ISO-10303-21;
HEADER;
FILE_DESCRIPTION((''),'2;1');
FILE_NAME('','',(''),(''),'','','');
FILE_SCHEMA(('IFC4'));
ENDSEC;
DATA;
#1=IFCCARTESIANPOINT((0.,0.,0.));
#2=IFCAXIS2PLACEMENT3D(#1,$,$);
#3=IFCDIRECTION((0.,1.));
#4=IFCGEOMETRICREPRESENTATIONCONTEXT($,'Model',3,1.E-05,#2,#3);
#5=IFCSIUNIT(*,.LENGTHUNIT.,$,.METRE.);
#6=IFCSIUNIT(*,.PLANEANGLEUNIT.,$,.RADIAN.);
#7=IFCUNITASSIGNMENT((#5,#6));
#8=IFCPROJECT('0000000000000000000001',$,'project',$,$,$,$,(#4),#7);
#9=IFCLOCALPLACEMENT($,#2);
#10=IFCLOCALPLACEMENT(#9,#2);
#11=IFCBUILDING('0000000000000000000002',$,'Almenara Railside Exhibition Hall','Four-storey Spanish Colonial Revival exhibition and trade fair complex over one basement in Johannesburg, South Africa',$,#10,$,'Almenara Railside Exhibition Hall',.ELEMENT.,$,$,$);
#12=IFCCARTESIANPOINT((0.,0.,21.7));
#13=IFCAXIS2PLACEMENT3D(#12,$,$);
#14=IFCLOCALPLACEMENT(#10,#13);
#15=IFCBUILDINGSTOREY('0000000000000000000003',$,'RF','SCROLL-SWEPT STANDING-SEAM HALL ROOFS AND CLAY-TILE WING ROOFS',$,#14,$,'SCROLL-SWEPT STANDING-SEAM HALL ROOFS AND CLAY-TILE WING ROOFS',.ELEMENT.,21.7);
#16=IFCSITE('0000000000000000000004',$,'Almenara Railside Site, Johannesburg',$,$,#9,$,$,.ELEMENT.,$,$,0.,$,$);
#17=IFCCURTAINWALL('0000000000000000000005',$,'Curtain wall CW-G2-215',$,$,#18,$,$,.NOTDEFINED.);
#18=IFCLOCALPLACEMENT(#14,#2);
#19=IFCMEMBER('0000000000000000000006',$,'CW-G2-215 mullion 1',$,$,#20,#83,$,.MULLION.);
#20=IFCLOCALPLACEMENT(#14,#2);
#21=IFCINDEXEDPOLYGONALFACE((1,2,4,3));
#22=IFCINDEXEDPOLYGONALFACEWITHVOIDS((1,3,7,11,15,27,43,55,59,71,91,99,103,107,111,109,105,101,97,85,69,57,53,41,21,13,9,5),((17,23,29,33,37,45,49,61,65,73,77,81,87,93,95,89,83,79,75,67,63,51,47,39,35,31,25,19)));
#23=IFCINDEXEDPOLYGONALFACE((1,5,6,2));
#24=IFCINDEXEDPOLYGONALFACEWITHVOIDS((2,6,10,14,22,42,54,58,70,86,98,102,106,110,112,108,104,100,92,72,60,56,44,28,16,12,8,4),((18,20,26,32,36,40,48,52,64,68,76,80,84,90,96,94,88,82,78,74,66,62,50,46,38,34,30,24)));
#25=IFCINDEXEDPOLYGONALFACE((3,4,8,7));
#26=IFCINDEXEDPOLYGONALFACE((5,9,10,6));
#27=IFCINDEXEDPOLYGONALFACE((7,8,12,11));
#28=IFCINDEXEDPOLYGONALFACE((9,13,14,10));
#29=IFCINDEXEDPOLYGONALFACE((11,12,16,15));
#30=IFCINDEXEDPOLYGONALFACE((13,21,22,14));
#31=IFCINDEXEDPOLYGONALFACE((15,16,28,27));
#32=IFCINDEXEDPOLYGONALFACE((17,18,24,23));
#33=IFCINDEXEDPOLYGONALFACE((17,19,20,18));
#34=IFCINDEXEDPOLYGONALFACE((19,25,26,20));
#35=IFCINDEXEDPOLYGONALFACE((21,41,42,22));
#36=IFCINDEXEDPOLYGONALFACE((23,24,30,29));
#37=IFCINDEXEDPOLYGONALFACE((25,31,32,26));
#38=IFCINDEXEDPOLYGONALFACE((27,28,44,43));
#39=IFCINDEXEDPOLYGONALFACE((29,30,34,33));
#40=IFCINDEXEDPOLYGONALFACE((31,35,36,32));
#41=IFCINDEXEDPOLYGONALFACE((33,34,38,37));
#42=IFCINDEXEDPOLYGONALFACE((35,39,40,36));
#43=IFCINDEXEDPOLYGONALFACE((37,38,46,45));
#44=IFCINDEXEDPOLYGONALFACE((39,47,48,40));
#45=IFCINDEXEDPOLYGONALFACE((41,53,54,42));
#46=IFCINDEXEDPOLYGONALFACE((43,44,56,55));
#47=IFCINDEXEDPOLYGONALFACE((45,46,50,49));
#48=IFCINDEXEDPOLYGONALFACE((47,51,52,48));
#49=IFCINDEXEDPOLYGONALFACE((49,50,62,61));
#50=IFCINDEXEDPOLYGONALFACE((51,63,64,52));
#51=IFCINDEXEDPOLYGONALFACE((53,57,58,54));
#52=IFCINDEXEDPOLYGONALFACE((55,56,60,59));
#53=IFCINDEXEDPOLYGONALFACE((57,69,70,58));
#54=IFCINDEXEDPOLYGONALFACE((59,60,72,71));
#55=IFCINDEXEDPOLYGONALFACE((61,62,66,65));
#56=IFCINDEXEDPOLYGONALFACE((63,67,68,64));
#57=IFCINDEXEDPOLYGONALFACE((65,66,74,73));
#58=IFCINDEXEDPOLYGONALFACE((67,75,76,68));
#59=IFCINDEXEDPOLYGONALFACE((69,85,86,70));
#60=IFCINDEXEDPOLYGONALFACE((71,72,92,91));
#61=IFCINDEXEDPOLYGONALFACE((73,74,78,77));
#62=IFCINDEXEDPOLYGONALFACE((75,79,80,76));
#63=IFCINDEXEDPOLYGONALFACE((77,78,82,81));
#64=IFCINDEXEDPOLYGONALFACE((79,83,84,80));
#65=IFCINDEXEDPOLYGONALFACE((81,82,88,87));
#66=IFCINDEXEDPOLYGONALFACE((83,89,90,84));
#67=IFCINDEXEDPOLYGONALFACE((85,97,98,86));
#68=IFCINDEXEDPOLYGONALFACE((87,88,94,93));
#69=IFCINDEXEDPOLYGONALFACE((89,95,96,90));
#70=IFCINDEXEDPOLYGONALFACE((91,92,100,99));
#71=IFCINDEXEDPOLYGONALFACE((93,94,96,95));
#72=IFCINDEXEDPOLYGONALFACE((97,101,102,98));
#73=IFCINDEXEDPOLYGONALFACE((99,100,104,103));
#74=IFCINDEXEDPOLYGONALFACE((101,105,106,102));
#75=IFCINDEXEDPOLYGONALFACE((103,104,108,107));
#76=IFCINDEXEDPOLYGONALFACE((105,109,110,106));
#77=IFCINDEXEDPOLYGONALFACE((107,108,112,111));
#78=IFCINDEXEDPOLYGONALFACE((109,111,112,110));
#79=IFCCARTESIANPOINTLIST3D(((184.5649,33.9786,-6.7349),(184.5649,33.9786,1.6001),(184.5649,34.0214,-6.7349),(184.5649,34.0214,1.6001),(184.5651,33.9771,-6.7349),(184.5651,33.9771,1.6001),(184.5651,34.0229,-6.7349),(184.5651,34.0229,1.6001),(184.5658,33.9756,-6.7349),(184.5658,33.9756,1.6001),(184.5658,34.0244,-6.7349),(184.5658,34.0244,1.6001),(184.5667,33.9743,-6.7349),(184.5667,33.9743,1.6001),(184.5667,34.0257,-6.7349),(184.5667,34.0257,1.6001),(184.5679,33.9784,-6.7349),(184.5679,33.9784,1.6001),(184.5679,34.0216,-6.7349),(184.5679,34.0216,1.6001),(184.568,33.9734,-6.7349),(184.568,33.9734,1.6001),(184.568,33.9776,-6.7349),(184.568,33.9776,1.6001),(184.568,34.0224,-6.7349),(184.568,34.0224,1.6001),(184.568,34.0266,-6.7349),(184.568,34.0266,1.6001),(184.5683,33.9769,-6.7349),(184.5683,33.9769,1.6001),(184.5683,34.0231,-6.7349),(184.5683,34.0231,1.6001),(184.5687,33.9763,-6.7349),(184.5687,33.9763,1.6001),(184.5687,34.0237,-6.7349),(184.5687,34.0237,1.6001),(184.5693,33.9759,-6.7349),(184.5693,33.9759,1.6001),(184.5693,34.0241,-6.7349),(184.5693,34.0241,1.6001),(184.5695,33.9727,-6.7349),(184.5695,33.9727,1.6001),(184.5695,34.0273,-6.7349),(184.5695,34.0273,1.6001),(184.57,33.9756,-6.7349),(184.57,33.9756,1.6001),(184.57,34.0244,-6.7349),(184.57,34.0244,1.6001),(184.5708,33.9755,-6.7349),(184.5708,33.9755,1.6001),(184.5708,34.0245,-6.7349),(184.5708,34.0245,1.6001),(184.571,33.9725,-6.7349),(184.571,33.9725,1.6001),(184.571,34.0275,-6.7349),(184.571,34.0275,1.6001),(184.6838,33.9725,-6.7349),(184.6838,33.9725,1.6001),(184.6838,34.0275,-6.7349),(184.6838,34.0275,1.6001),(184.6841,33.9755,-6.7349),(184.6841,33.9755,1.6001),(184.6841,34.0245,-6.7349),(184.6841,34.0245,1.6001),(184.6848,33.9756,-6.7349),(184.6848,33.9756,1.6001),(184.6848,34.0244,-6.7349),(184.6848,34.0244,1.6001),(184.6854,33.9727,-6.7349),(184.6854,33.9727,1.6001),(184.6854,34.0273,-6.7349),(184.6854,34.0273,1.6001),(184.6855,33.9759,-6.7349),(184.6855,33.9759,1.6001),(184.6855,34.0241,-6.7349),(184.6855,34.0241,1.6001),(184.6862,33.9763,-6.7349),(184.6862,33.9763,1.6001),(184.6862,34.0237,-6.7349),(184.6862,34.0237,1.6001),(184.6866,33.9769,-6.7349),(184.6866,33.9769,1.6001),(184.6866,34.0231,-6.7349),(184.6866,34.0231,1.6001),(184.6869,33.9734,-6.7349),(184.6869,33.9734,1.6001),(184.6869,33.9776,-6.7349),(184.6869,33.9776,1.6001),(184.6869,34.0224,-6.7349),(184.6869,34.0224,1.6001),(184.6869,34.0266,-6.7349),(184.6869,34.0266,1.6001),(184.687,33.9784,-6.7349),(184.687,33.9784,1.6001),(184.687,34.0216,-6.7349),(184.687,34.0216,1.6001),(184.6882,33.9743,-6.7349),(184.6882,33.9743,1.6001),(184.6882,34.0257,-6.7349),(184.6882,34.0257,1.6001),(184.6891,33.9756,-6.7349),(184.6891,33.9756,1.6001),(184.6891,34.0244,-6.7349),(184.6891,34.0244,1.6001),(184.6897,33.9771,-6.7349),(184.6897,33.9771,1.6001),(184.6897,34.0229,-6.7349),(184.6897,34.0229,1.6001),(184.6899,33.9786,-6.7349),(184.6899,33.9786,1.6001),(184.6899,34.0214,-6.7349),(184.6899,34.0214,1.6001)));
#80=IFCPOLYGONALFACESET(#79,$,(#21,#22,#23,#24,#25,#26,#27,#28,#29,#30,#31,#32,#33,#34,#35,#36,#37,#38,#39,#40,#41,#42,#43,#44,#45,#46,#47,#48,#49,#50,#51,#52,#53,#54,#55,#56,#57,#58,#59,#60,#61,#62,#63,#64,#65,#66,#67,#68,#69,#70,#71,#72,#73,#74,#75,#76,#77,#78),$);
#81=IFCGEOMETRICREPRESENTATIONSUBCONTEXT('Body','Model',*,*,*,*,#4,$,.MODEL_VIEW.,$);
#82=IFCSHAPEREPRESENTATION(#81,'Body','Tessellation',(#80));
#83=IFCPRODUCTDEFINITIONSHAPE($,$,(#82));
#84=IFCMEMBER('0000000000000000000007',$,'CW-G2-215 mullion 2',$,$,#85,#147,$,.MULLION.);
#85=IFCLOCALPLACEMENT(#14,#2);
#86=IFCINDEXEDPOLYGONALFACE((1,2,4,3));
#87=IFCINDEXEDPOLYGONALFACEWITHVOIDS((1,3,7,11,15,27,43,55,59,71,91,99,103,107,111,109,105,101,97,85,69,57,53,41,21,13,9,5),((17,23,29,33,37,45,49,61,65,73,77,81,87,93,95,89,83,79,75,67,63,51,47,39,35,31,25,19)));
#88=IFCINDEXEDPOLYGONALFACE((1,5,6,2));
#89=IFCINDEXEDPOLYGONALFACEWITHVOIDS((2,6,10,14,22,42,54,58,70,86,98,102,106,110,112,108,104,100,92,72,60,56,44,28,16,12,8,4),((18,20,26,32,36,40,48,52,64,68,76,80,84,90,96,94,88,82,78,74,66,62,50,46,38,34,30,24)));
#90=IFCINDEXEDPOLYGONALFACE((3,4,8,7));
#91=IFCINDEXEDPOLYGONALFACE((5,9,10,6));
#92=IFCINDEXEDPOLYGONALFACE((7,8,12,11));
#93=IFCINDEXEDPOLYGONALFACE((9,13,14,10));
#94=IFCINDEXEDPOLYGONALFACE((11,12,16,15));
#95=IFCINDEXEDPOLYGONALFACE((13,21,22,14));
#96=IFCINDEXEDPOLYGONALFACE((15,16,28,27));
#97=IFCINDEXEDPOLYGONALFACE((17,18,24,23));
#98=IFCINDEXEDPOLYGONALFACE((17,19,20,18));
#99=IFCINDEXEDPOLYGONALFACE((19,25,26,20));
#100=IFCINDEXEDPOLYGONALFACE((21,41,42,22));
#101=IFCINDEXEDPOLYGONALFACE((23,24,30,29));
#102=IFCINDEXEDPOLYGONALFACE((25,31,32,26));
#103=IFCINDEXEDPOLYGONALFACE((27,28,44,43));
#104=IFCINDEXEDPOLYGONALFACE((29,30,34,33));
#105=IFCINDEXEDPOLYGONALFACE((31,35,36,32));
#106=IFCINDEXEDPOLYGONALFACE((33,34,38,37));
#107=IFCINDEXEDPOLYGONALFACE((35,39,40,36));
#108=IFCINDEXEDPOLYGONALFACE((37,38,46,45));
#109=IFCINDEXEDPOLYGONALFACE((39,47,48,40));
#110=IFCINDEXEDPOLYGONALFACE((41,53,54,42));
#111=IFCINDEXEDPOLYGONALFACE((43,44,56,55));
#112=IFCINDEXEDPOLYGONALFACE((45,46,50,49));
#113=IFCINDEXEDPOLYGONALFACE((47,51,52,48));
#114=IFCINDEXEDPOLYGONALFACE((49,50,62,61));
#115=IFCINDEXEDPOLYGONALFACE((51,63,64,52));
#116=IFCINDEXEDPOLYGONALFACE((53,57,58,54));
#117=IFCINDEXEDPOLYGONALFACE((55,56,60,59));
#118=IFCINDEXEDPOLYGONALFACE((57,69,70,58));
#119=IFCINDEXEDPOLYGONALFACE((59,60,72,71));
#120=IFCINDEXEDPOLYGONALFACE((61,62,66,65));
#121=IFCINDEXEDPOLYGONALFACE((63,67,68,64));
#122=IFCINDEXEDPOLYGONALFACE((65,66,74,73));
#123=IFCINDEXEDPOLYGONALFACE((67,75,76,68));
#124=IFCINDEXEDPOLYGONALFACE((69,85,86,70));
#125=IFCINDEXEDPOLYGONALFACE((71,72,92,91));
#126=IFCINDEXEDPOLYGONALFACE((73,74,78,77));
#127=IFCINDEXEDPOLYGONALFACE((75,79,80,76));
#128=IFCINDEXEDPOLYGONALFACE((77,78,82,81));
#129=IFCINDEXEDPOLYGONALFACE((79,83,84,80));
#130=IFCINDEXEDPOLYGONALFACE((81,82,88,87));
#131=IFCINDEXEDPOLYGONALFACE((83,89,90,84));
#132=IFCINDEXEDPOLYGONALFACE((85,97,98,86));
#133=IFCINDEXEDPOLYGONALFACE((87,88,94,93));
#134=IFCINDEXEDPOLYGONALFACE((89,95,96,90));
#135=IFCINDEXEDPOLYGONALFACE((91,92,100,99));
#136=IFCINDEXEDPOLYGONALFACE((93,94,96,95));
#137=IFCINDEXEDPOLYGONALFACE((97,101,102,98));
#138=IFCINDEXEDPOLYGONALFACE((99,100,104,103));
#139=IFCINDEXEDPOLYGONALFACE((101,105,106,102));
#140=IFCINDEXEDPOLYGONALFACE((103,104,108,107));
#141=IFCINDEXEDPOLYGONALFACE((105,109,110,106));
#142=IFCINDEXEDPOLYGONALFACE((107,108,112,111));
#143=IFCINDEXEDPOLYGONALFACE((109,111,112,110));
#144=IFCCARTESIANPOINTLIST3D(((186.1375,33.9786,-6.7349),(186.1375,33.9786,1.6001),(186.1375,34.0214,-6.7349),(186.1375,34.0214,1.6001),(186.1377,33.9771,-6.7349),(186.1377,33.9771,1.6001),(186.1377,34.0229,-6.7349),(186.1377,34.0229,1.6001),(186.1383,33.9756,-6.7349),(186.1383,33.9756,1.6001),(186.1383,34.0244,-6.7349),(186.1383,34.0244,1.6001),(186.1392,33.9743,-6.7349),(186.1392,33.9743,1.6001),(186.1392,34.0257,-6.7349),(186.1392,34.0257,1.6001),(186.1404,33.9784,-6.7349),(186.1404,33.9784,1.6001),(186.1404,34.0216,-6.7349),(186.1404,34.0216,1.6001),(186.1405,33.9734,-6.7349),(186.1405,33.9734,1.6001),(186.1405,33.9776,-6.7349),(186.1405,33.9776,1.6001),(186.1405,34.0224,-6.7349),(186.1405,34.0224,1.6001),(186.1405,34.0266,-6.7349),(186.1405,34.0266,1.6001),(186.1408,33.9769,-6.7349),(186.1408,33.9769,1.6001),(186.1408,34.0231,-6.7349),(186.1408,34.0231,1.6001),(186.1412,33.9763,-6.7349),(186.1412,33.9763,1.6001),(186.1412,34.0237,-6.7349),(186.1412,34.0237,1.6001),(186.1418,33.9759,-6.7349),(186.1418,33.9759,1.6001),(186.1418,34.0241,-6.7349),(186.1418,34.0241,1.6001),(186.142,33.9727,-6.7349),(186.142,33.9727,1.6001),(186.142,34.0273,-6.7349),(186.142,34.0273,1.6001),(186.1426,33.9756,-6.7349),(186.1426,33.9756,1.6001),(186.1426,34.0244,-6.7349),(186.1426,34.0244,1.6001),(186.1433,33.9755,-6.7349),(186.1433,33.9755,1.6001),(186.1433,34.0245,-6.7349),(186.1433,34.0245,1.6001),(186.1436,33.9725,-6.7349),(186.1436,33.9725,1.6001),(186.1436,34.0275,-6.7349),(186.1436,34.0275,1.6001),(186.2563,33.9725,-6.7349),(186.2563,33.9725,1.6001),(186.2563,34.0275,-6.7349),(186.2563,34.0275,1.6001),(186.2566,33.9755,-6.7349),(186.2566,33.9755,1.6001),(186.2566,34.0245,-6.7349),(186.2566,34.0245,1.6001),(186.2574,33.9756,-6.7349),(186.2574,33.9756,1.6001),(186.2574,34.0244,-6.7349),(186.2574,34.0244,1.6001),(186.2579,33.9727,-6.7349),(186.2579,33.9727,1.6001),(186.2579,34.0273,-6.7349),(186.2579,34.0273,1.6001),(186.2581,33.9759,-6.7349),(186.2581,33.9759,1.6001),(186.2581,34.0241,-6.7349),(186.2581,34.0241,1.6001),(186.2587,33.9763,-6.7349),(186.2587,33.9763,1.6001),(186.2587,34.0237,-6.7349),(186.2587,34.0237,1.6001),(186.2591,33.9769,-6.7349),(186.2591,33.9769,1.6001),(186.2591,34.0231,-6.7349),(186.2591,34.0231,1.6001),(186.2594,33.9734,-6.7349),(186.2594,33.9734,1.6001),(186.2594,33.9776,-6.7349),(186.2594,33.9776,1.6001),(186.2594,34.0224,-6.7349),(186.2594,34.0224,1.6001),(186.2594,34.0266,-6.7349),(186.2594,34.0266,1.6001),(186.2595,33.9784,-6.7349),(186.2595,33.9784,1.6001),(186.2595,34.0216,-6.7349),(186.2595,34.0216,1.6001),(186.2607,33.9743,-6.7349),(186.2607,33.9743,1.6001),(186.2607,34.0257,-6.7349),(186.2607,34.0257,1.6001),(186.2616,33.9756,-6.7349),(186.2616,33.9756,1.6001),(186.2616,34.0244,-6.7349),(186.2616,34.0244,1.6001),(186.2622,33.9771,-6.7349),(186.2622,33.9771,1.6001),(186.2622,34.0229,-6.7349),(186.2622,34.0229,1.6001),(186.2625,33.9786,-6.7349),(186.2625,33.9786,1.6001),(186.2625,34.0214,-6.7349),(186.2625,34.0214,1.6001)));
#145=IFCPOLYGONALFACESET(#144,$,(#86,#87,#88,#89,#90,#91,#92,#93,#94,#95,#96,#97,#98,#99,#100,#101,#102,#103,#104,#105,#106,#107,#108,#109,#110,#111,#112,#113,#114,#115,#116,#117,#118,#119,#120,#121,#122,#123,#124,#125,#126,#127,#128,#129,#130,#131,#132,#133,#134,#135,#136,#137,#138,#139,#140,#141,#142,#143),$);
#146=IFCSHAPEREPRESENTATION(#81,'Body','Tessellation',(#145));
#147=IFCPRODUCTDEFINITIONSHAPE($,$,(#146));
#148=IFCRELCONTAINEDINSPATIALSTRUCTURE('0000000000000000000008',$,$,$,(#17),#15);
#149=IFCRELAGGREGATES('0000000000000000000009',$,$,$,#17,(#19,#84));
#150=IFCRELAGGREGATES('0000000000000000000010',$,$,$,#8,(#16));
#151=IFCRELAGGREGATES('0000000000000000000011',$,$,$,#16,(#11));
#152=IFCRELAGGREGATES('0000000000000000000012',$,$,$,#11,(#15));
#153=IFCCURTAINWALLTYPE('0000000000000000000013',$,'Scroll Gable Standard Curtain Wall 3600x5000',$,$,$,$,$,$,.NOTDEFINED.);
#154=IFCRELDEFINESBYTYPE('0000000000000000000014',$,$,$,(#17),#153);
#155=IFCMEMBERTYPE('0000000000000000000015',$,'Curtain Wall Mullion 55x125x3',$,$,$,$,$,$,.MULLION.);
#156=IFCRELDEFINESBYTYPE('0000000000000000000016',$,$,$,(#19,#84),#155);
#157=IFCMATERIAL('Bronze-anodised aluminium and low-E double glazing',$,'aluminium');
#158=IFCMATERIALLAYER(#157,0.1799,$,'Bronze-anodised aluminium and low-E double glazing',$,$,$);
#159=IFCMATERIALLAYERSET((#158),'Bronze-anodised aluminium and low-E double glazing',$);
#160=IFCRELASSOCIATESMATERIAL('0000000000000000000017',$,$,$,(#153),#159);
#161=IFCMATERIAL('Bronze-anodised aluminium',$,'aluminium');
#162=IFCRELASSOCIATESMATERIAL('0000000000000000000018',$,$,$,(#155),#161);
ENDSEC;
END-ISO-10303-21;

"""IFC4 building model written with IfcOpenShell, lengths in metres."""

from ifc_helpers import new_model, si_unit, direction, frame, origin, origin_2d, place, context, subcontext, project, spatial, hollow_rectangle, extrude, material, layer, layer_set, material_profile, profile_set, type_object, element, aggregate, save


model = new_model("IFC4")

# Units and contexts
model_context = context("Model", 3, precision=1e-05, world=origin(), true_north=direction((0.0, 1.0)))
body_context = subcontext(model_context, "Body", "Model", "MODEL_VIEW")
ifc_project = project(units=[si_unit("LENGTHUNIT", "METRE"), si_unit("PLANEANGLEUNIT", "RADIAN")], contexts=[model_context])

# Site, building, storey
site_placement = place(None, origin())
site = spatial("IfcSite", under=ifc_project, at=site_placement, Name="Almenara Railside Site, Johannesburg", CompositionType="ELEMENT", RefElevation=0.0)
building_placement = place(site_placement, origin())
building = spatial("IfcBuilding", under=site, at=building_placement, Name="Almenara Railside Exhibition Hall", Description="Four-storey Spanish Colonial Revival exhibition and trade fair complex over one basement in Johannesburg, South Africa", LongName="Almenara Railside Exhibition Hall", CompositionType="ELEMENT")
storey_placement = place(building_placement, frame((0.0, 0.0, 21.7)))
storey = spatial("IfcBuildingStorey", under=building, at=storey_placement, Name="RF", Description="SCROLL-SWEPT STANDING-SEAM HALL ROOFS AND CLAY-TILE WING ROOFS", LongName="SCROLL-SWEPT STANDING-SEAM HALL ROOFS AND CLAY-TILE WING ROOFS", CompositionType="ELEMENT", Elevation=21.7)

# Curtain wall, members
ifc_material_1 = material(Name="Bronze-anodised aluminium and low-E double glazing", Category="aluminium")
ifc_layer_1 = layer(ifc_material_1, 0.1799, Name="Bronze-anodised aluminium and low-E double glazing")
ifc_layer_set_1 = layer_set([ifc_layer_1], Name="Bronze-anodised aluminium and low-E double glazing")
curtain_wall_type = type_object("IfcCurtainWallType", Name="Scroll Gable Standard Curtain Wall 3600x5000", PredefinedType="NOTDEFINED", material=ifc_layer_set_1)
curtain_wall_placement = place(storey_placement, origin())
curtain_wall = element("IfcCurtainWall", 1, at=curtain_wall_placement, inside=storey, type_object=curtain_wall_type, Name="Curtain wall CW-G2-215", PredefinedType="NOTDEFINED")
ifc_material_2 = material(Name="Bronze-anodised aluminium", Category="aluminium")
ifc_material_profile_1 = material_profile(ifc_material_2, hollow_rectangle(XDim=0.0549, YDim=0.125, WallThickness=0.0029, InnerFilletRadius=0.0029, OuterFilletRadius=0.0061, at=origin_2d()), Name="ALU-MUL 55x125x3")
ifc_profile_set_1 = profile_set([ifc_material_profile_1], Name="Bronze-anodised aluminium")
member_type_1 = type_object("IfcMemberType", Name="Curtain Wall Mullion 55x125x3", PredefinedType="MULLION", material=ifc_profile_set_1)
member_1_placement = place(storey_placement, frame((184.6274, 34.0, -6.7349), z_axis=(0.0, 0.0, 1.0), x_axis=(0.0, 1.0, 0.0)))
member_1 = element("IfcMember", 2, at=member_1_placement, type_object=member_type_1, Name="CW-G2-215 mullion 1", PredefinedType="MULLION", context=body_context, shape_type="SweptSolid", body=[
    extrude(hollow_rectangle(XDim=0.0549, YDim=0.125, WallThickness=0.0029, InnerFilletRadius=0.0029, OuterFilletRadius=0.0061, at=origin_2d()), origin(), (0.0, 0.0, 1.0), 8.335),
])
member_2_placement = place(storey_placement, frame((186.2, 34.0, -6.7349), z_axis=(0.0, 0.0, 1.0), x_axis=(0.0, 1.0, 0.0)))
member_2 = element("IfcMember", 3, at=member_2_placement, type_object=member_type_1, Name="CW-G2-215 mullion 2", PredefinedType="MULLION", context=body_context, shape_type="SweptSolid", body=[
    extrude(hollow_rectangle(XDim=0.0549, YDim=0.125, WallThickness=0.0029, InnerFilletRadius=0.0029, OuterFilletRadius=0.0061, at=origin_2d()), origin(), (0.0, 0.0, 1.0), 8.335),
])

aggregate(curtain_wall, [member_1, member_2])

save(model, "model.ifc")
